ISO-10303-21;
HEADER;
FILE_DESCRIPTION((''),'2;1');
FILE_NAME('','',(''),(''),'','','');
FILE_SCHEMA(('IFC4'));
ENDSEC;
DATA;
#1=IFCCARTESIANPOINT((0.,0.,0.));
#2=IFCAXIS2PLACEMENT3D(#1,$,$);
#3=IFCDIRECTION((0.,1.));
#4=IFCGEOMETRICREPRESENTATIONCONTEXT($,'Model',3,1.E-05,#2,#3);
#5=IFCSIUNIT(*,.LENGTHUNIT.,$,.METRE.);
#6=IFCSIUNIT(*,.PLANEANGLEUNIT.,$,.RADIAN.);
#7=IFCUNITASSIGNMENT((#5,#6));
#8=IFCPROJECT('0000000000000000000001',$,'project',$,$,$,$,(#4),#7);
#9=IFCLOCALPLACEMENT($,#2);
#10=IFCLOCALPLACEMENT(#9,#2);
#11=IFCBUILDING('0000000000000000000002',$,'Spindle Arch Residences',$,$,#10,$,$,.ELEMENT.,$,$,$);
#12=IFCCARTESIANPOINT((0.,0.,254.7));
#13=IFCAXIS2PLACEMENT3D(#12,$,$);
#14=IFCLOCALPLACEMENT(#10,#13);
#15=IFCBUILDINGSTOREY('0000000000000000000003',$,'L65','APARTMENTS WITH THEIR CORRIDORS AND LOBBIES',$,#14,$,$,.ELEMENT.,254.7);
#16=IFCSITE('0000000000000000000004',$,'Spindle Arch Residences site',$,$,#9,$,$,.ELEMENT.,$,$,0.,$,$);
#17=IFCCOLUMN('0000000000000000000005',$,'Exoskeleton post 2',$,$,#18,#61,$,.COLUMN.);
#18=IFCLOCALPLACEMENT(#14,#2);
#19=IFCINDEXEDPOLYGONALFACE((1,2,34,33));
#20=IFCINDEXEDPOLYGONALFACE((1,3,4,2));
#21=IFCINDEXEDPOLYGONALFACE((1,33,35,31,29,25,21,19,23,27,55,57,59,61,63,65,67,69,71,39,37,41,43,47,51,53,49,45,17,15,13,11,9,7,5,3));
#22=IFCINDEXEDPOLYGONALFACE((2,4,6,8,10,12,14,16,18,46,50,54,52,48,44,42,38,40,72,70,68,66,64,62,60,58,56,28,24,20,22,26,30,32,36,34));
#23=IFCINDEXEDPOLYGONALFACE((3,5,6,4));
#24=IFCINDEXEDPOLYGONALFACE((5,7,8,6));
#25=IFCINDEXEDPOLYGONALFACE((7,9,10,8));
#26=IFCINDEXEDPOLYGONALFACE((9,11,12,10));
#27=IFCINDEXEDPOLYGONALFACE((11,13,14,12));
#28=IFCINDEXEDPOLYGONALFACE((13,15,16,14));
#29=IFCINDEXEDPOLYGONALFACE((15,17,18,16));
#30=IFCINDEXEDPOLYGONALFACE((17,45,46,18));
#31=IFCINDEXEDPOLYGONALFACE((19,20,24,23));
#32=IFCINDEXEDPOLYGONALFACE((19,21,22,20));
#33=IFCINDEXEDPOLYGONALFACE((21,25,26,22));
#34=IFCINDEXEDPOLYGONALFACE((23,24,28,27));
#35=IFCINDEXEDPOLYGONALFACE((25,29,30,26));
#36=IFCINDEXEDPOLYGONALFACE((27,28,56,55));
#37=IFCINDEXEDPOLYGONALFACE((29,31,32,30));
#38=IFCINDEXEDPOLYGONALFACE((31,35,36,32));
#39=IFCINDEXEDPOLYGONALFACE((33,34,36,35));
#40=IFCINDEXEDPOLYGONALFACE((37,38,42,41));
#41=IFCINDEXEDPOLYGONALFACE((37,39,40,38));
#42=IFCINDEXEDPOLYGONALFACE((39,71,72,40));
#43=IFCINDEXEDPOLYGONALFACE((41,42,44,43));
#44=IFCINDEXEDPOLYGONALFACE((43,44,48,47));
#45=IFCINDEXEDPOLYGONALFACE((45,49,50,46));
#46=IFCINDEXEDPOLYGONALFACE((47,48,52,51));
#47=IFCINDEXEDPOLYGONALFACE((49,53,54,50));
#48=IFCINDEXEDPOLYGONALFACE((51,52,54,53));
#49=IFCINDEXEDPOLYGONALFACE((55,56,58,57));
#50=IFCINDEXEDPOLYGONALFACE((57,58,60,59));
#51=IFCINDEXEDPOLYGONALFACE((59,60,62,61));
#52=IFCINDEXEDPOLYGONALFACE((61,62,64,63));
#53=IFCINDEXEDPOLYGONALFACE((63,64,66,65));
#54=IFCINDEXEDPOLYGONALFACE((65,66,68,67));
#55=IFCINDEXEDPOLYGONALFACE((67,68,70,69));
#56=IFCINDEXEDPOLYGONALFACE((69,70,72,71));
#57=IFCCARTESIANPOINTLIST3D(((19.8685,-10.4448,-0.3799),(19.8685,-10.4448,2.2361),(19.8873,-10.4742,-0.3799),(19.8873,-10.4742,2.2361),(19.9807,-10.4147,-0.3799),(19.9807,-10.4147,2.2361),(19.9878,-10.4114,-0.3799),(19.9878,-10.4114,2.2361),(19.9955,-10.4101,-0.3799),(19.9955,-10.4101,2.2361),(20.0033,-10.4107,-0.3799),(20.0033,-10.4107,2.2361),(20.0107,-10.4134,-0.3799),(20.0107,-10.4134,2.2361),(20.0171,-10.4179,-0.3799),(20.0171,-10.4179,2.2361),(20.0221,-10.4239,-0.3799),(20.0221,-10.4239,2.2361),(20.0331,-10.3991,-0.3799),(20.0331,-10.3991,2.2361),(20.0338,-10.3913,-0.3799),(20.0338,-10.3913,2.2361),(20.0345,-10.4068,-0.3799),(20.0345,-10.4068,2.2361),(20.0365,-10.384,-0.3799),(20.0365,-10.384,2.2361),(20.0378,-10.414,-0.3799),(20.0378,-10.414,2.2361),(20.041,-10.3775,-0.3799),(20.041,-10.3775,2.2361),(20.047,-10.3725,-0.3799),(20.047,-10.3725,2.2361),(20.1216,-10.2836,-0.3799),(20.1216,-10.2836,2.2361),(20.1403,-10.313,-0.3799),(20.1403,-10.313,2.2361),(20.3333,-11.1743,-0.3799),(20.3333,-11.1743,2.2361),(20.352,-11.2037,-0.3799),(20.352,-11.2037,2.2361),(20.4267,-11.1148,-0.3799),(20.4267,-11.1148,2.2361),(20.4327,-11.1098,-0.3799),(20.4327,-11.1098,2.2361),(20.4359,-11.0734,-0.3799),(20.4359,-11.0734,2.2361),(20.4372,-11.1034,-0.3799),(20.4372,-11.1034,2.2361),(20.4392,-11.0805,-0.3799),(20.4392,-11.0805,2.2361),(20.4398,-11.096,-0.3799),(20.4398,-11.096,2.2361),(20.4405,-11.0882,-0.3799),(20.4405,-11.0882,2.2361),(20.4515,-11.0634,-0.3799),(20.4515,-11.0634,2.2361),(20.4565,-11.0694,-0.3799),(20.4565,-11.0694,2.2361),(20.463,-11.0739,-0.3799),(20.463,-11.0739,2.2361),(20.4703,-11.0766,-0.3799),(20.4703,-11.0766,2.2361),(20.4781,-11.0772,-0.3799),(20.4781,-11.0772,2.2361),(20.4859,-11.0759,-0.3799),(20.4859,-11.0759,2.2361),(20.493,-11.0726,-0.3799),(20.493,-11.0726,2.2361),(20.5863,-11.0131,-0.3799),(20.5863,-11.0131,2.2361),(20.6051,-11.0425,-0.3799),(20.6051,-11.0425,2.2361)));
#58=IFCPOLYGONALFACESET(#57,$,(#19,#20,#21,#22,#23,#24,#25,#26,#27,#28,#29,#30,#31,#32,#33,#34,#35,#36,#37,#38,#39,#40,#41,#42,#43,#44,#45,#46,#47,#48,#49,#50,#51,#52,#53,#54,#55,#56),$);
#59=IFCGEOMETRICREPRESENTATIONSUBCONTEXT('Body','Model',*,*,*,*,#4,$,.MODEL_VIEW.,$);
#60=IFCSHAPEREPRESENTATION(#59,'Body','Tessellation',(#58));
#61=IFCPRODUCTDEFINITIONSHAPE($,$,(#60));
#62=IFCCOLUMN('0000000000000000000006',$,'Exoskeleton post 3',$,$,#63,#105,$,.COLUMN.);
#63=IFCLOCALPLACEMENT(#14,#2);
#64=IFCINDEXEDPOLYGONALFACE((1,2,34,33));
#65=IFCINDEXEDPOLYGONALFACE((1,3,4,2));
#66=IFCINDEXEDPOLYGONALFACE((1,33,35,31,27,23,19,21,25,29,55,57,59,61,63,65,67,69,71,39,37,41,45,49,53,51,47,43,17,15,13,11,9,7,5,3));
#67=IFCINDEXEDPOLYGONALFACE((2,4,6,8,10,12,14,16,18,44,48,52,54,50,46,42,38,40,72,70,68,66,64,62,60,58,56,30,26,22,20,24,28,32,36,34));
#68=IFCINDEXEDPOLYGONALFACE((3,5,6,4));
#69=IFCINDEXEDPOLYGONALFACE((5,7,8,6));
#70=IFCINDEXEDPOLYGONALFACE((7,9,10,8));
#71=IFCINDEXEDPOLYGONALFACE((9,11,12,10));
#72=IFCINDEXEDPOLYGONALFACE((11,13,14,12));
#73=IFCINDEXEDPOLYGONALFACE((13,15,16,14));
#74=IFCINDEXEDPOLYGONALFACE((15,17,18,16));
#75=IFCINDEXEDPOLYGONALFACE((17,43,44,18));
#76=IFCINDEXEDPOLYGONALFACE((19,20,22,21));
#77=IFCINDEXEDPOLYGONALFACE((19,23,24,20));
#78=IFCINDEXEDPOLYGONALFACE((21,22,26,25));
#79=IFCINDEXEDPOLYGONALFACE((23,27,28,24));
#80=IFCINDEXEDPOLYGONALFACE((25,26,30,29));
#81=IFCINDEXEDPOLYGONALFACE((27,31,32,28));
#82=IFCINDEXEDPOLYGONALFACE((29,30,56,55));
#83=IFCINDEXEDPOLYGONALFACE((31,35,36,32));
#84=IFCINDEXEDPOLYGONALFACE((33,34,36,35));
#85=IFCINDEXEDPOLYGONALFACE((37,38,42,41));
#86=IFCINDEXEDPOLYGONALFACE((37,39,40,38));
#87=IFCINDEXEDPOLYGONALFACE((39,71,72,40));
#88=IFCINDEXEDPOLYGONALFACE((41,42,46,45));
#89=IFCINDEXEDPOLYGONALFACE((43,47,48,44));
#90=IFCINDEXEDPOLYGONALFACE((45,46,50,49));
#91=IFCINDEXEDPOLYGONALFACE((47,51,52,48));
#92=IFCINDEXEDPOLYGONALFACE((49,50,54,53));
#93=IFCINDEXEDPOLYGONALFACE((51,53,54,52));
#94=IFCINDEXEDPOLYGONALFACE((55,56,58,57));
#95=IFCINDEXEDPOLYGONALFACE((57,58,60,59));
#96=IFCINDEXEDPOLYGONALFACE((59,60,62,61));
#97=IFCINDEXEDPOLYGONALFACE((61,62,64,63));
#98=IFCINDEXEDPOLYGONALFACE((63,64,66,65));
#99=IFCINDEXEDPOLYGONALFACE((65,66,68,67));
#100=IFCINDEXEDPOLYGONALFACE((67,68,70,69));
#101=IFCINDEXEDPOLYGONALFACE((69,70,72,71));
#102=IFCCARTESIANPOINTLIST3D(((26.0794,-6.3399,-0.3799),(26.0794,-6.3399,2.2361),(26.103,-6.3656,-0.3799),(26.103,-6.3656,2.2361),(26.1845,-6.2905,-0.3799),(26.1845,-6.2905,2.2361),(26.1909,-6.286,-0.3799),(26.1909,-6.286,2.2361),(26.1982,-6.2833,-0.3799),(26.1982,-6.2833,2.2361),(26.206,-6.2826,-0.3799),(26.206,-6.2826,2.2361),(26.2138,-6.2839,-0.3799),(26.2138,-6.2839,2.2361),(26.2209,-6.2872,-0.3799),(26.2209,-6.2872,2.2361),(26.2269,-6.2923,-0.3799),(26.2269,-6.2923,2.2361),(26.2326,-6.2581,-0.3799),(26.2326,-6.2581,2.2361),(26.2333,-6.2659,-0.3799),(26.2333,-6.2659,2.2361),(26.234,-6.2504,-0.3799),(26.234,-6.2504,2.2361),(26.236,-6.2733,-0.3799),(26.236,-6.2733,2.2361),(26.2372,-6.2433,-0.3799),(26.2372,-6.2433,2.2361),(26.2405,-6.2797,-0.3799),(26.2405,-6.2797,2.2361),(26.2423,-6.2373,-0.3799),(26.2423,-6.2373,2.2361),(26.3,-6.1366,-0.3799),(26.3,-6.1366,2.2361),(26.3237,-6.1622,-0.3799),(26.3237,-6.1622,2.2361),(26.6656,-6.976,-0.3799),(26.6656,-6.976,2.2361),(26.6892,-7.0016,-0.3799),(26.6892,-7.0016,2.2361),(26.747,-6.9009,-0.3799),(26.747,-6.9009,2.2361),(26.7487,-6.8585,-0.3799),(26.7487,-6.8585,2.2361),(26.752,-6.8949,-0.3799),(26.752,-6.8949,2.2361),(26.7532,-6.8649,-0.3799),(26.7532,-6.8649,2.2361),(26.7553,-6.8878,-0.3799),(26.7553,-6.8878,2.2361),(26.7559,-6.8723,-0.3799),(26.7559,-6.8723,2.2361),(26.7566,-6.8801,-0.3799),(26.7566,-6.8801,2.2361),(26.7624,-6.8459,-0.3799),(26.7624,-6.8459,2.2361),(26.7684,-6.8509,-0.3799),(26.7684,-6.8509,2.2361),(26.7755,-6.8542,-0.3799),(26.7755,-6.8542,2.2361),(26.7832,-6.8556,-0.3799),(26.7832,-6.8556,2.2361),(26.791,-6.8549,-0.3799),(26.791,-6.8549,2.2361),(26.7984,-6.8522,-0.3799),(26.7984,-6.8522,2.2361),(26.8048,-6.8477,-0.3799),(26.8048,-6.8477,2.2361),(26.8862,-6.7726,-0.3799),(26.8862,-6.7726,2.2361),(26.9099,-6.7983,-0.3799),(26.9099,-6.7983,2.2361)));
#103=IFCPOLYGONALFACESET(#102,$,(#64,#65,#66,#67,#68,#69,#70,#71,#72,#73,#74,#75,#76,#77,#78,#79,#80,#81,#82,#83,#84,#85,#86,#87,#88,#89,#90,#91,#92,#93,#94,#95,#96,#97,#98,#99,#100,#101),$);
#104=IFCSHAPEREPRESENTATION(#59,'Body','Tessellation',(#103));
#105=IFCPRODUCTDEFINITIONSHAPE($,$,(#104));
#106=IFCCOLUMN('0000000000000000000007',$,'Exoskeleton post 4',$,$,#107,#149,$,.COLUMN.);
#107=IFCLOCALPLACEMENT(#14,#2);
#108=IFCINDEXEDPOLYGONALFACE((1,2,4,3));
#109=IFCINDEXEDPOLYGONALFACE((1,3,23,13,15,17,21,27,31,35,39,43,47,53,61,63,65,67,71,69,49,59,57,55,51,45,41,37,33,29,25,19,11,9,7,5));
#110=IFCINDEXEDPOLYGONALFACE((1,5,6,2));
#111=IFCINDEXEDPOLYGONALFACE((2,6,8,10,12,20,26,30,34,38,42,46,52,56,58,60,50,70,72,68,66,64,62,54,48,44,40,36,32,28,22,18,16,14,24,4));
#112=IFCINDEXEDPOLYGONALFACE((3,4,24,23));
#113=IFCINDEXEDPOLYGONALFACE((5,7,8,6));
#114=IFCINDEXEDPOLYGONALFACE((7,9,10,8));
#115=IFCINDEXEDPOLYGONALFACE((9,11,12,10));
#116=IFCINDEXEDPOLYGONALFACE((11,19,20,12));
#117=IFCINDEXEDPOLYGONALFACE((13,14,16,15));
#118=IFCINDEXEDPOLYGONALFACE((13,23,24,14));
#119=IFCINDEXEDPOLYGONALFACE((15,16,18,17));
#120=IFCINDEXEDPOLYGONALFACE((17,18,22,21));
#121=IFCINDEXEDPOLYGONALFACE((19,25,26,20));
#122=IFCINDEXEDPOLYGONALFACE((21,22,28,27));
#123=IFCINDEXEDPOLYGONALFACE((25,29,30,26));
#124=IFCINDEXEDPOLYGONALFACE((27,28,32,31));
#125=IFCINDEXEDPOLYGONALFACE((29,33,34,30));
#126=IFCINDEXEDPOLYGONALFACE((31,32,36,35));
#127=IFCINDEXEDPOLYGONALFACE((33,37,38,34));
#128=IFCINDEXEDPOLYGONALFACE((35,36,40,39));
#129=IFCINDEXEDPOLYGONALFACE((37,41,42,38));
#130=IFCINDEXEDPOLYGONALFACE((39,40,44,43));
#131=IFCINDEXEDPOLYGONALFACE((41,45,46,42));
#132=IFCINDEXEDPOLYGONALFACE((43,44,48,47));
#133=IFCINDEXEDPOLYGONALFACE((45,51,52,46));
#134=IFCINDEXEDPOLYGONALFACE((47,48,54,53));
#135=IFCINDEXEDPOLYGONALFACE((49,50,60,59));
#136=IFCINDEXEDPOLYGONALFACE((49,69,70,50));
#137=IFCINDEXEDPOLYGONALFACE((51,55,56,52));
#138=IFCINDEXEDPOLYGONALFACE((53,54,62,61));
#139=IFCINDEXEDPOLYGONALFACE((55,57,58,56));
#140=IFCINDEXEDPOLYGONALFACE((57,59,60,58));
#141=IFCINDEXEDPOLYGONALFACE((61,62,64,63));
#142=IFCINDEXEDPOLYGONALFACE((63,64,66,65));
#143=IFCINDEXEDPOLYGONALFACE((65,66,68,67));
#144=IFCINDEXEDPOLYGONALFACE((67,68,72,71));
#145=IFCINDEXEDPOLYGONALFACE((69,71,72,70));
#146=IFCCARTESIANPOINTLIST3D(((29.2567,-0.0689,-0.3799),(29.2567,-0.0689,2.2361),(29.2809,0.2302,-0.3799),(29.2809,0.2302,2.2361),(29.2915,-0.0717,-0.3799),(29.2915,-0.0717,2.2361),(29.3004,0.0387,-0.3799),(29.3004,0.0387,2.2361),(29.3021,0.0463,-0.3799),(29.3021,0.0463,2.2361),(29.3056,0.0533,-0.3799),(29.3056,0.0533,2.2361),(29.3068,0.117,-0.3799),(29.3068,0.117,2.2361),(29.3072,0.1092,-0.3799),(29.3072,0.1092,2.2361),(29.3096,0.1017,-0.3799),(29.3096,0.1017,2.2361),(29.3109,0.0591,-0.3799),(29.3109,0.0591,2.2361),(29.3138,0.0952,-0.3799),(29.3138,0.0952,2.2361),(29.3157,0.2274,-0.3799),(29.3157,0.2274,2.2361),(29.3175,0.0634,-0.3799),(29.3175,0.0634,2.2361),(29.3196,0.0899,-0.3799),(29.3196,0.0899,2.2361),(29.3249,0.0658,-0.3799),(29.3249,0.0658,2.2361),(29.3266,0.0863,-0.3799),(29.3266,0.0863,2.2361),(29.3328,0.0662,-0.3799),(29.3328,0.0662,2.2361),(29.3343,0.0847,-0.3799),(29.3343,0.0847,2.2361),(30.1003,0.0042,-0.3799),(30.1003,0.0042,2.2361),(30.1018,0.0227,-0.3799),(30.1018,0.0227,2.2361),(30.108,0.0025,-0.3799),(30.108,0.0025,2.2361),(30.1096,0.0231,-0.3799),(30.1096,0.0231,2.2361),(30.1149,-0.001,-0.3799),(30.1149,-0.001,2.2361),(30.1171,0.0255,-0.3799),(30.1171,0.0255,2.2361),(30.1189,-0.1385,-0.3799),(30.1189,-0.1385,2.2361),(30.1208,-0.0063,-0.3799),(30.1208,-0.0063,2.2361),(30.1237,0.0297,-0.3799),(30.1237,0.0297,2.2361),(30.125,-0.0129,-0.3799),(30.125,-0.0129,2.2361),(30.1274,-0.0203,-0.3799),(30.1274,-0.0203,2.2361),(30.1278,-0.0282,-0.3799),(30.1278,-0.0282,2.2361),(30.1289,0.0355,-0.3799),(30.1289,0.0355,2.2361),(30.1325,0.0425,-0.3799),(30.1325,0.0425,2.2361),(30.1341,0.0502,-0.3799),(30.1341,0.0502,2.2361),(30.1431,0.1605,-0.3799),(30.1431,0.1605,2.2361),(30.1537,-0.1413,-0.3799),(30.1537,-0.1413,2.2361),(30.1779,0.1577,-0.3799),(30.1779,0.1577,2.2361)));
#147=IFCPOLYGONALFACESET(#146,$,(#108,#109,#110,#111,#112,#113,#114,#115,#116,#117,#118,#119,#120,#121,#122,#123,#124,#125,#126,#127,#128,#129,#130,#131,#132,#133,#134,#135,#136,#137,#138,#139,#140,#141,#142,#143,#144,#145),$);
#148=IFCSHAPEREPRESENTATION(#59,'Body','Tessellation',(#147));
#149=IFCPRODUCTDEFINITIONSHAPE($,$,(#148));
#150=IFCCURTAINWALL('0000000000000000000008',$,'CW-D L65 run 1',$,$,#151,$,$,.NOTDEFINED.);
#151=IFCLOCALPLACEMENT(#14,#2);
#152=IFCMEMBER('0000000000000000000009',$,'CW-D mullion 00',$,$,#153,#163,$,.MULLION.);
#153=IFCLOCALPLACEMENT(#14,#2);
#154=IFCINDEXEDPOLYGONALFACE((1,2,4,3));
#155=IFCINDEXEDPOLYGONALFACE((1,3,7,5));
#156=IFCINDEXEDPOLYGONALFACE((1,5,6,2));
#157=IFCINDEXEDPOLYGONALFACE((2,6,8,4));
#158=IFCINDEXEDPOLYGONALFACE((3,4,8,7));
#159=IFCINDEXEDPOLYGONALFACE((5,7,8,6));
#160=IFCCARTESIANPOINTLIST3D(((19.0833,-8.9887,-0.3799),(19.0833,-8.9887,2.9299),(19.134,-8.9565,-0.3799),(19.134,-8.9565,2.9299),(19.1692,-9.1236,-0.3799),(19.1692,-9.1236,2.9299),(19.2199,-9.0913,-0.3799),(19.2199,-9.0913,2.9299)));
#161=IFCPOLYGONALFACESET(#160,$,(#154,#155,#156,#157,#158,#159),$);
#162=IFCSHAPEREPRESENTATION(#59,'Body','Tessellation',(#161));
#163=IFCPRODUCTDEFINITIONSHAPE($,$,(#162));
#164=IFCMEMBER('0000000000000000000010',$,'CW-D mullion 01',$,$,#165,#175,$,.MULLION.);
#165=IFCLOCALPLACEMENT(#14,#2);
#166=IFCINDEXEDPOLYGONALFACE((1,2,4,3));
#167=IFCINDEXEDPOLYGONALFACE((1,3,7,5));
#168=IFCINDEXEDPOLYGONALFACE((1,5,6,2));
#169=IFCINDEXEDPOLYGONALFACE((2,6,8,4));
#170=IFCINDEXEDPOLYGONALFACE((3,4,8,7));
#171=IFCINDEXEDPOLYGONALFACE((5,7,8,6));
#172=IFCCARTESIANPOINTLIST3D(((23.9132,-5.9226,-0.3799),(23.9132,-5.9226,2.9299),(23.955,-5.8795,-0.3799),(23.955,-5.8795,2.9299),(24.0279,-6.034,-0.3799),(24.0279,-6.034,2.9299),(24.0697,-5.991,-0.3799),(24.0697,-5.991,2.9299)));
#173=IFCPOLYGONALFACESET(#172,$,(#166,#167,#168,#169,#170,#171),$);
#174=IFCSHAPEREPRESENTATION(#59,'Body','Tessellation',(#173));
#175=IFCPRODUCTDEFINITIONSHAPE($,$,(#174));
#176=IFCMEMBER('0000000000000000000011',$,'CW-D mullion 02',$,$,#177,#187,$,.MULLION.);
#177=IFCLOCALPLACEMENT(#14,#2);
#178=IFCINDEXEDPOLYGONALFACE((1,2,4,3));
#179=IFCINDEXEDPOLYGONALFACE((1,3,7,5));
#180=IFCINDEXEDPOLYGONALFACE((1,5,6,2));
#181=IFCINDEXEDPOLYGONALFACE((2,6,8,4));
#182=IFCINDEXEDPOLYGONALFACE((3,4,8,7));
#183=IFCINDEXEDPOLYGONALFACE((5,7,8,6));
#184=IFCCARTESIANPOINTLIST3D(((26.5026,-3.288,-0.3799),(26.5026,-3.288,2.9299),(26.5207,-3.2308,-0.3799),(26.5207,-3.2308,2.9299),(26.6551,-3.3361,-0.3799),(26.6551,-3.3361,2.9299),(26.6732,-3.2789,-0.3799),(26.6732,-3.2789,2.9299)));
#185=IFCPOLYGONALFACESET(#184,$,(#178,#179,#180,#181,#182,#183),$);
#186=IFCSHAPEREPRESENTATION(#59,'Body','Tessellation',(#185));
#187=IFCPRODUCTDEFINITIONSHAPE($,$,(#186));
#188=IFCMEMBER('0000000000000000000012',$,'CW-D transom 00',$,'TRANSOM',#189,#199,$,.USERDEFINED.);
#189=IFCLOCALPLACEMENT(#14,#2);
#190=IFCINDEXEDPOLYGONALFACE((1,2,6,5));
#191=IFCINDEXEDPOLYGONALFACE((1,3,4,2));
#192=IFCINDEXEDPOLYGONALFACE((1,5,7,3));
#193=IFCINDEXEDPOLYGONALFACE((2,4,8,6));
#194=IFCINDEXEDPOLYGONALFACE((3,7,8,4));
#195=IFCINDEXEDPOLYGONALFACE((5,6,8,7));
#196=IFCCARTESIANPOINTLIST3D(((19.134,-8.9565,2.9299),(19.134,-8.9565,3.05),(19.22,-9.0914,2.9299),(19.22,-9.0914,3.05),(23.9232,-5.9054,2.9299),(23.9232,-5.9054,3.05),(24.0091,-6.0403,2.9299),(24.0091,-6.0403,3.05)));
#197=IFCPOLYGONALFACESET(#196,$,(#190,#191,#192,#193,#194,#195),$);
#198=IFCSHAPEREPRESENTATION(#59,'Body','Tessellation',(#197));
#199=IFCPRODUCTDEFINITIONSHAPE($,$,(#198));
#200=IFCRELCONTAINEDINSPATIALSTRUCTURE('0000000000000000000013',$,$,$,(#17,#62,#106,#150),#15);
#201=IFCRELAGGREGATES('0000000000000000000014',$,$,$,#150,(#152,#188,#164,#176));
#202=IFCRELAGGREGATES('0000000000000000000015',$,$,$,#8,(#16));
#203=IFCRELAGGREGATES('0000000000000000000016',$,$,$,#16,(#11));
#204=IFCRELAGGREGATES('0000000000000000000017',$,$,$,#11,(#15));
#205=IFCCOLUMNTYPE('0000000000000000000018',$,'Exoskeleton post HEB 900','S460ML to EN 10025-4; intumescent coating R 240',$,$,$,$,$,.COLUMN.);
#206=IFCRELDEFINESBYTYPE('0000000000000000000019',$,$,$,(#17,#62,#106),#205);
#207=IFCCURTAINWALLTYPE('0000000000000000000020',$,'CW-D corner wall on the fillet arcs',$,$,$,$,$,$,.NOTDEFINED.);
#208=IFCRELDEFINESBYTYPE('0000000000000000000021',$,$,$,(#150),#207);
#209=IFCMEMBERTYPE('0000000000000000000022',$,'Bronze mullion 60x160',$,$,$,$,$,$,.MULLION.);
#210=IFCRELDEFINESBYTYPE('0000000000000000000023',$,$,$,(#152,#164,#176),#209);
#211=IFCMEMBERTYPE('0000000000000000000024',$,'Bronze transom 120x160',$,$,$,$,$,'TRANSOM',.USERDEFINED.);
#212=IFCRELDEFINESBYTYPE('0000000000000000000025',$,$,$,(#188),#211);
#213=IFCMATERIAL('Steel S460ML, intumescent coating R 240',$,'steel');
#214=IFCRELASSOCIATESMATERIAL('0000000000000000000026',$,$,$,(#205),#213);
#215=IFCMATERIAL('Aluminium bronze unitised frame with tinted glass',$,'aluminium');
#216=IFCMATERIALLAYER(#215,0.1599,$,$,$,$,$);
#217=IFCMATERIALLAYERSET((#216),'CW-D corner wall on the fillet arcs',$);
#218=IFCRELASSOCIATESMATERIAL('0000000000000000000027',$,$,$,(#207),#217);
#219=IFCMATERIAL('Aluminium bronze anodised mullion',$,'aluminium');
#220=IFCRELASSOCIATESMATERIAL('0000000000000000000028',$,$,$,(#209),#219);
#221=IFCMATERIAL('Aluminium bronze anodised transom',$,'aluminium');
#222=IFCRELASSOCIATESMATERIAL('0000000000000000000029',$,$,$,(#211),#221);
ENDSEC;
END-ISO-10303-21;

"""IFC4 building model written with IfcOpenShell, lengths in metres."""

from ifc_helpers import new_model, si_unit, direction, frame, origin, origin_2d, place, context, subcontext, project, spatial, rectangle, i_section, extrude, material, layer, layer_set, material_profile, profile_set, type_object, element, aggregate, save


model = new_model("IFC4")

# Units and contexts
model_context = context("Model", 3, precision=1e-05, world=origin(), true_north=direction((0.0, 1.0)))
body_context = subcontext(model_context, "Body", "Model", "MODEL_VIEW")
ifc_project = project(units=[si_unit("LENGTHUNIT", "METRE"), si_unit("PLANEANGLEUNIT", "RADIAN")], contexts=[model_context])

# Site, building, storey
site_placement = place(None, origin())
site = spatial("IfcSite", under=ifc_project, at=site_placement, Name="Spindle Arch Residences site", CompositionType="ELEMENT", RefElevation=0.0)
building_placement = place(site_placement, origin())
building = spatial("IfcBuilding", under=site, at=building_placement, Name="Spindle Arch Residences", CompositionType="ELEMENT")
storey_placement = place(building_placement, frame((0.0, 0.0, 254.7)))
storey = spatial("IfcBuildingStorey", under=building, at=storey_placement, Name="L65", Description="APARTMENTS WITH THEIR CORRIDORS AND LOBBIES", CompositionType="ELEMENT", Elevation=254.7)

# Columns
ifc_material_1 = material(Name="Steel S460ML, intumescent coating R 240", Category="steel")
ifc_material_profile_1 = material_profile(ifc_material_1, i_section(OverallWidth=0.3, OverallDepth=0.8999, WebThickness=0.0186, FlangeThickness=0.0349, FilletRadius=0.03, at=origin_2d()), Name="HEB 900")
ifc_profile_set_1 = profile_set([ifc_material_profile_1], Name="Steel S460ML, intumescent coating R 240")
column_type = type_object("IfcColumnType", Name="Exoskeleton post HEB 900", Description="S460ML to EN 10025-4; intumescent coating R 240", PredefinedType="COLUMN", material=ifc_profile_set_1)
for number, where, z_axis, x_axis, name in (
    (1, (20.2368, -10.7437, -0.3799), (0.0, 0.0, 1.0), (-0.843391, -0.5373, 0.0), "Exoskeleton post 2"),
    (2, (26.4946, -6.5691, -0.3799), (0.0, 0.0, 1.0), (-0.735347, -0.677691, 0.0), "Exoskeleton post 3"),
    (3, (29.7173, 0.0444, -0.3799), (0.0, 0.0, 1.0), (-0.080538, -0.996752, 0.0), "Exoskeleton post 4"),
):
    element("IfcColumn", number, at=place(storey_placement, frame(where, z_axis=z_axis, x_axis=x_axis)), inside=storey, type_object=column_type, Name=name, PredefinedType="COLUMN", context=body_context, shape_type="SweptSolid", body=[
        extrude(i_section(OverallWidth=0.3, OverallDepth=0.8999, WebThickness=0.0186, FlangeThickness=0.0349, FilletRadius=0.03, at=origin_2d()), origin(), (0.0, 0.0, 1.0), 2.616),
    ])

# Curtain wall, members
ifc_material_2 = material(Name="Aluminium bronze unitised frame with tinted glass", Category="aluminium")
ifc_layer_1 = layer(ifc_material_2, 0.1599)
ifc_layer_set_1 = layer_set([ifc_layer_1], Name="CW-D corner wall on the fillet arcs")
curtain_wall_type = type_object("IfcCurtainWallType", Name="CW-D corner wall on the fillet arcs", PredefinedType="NOTDEFINED", material=ifc_layer_set_1)
curtain_wall_placement = place(storey_placement, origin())
curtain_wall = element("IfcCurtainWall", 4, at=curtain_wall_placement, inside=storey, type_object=curtain_wall_type, Name="CW-D L65 run 1", PredefinedType="NOTDEFINED")
ifc_material_3 = material(Name="Aluminium bronze anodised mullion", Category="aluminium")
ifc_material_profile_2 = material_profile(ifc_material_3, rectangle(XDim=0.1599, YDim=0.0601, at=origin_2d()), Name="MU 60x160")
ifc_profile_set_2 = profile_set([ifc_material_profile_2], Name="Aluminium bronze anodised mullion")
member_type_1 = type_object("IfcMemberType", Name="Bronze mullion 60x160", PredefinedType="MULLION", material=ifc_profile_set_2)
member_1_placement = place(storey_placement, frame((19.1516, -9.04, -0.3799), z_axis=(0.0, 0.0, 1.0), x_axis=(-0.5373, 0.843391, 0.0)))
member_1 = element("IfcMember", 5, at=member_1_placement, type_object=member_type_1, Name="CW-D mullion 00", PredefinedType="MULLION", context=body_context, shape_type="SweptSolid", body=[
    extrude(rectangle(XDim=0.1599, YDim=0.0601, at=origin_2d()), origin(), (0.0, 0.0, 1.0), 3.3098),
])
member_2_placement = place(storey_placement, frame((23.9915, -5.9568, -0.3799), z_axis=(0.0, 0.0, 1.0), x_axis=(-0.717316, 0.696748, 0.0)))
member_2 = element("IfcMember", 6, at=member_2_placement, type_object=member_type_1, Name="CW-D mullion 01", PredefinedType="MULLION", context=body_context, shape_type="SweptSolid", body=[
    extrude(rectangle(XDim=0.1599, YDim=0.0601, at=origin_2d()), origin(), (0.0, 0.0, 1.0), 3.3098),
])
member_3_placement = place(storey_placement, frame((26.5879, -3.2834, -0.3799), z_axis=(0.0, 0.0, 1.0), x_axis=(-0.953717, 0.300706, 0.0)))
member_3 = element("IfcMember", 7, at=member_3_placement, type_object=member_type_1, Name="CW-D mullion 02", PredefinedType="MULLION", context=body_context, shape_type="SweptSolid", body=[
    extrude(rectangle(XDim=0.1599, YDim=0.0601, at=origin_2d()), origin(), (0.0, 0.0, 1.0), 3.3098),
])
ifc_material_4 = material(Name="Aluminium bronze anodised transom", Category="aluminium")
ifc_material_profile_3 = material_profile(ifc_material_4, rectangle(XDim=0.1599, YDim=0.1201, at=origin_2d()), Name="TR 120x160")
ifc_profile_set_3 = profile_set([ifc_material_profile_3], Name="Aluminium bronze anodised transom")
member_type_2 = type_object("IfcMemberType", Name="Bronze transom 120x160", ElementType="TRANSOM", PredefinedType="USERDEFINED", material=ifc_profile_set_3)
member_4_placement = place(storey_placement, frame((19.177, -9.0239, 2.99), z_axis=(0.843387, 0.537307, 0.0), x_axis=(-0.537307, 0.843387, 0.0)))
member_4 = element("IfcMember", 8, at=member_4_placement, type_object=member_type_2, Name="CW-D transom 00", ObjectType="TRANSOM", PredefinedType="USERDEFINED", context=body_context, shape_type="SweptSolid", body=[
    extrude(rectangle(XDim=0.1599, YDim=0.1201, at=origin_2d()), origin(), (0.0, 0.0, 1.0), 5.6785),
])

aggregate(curtain_wall, [member_1, member_4, member_2, member_3])

save(model, "model.ifc")
